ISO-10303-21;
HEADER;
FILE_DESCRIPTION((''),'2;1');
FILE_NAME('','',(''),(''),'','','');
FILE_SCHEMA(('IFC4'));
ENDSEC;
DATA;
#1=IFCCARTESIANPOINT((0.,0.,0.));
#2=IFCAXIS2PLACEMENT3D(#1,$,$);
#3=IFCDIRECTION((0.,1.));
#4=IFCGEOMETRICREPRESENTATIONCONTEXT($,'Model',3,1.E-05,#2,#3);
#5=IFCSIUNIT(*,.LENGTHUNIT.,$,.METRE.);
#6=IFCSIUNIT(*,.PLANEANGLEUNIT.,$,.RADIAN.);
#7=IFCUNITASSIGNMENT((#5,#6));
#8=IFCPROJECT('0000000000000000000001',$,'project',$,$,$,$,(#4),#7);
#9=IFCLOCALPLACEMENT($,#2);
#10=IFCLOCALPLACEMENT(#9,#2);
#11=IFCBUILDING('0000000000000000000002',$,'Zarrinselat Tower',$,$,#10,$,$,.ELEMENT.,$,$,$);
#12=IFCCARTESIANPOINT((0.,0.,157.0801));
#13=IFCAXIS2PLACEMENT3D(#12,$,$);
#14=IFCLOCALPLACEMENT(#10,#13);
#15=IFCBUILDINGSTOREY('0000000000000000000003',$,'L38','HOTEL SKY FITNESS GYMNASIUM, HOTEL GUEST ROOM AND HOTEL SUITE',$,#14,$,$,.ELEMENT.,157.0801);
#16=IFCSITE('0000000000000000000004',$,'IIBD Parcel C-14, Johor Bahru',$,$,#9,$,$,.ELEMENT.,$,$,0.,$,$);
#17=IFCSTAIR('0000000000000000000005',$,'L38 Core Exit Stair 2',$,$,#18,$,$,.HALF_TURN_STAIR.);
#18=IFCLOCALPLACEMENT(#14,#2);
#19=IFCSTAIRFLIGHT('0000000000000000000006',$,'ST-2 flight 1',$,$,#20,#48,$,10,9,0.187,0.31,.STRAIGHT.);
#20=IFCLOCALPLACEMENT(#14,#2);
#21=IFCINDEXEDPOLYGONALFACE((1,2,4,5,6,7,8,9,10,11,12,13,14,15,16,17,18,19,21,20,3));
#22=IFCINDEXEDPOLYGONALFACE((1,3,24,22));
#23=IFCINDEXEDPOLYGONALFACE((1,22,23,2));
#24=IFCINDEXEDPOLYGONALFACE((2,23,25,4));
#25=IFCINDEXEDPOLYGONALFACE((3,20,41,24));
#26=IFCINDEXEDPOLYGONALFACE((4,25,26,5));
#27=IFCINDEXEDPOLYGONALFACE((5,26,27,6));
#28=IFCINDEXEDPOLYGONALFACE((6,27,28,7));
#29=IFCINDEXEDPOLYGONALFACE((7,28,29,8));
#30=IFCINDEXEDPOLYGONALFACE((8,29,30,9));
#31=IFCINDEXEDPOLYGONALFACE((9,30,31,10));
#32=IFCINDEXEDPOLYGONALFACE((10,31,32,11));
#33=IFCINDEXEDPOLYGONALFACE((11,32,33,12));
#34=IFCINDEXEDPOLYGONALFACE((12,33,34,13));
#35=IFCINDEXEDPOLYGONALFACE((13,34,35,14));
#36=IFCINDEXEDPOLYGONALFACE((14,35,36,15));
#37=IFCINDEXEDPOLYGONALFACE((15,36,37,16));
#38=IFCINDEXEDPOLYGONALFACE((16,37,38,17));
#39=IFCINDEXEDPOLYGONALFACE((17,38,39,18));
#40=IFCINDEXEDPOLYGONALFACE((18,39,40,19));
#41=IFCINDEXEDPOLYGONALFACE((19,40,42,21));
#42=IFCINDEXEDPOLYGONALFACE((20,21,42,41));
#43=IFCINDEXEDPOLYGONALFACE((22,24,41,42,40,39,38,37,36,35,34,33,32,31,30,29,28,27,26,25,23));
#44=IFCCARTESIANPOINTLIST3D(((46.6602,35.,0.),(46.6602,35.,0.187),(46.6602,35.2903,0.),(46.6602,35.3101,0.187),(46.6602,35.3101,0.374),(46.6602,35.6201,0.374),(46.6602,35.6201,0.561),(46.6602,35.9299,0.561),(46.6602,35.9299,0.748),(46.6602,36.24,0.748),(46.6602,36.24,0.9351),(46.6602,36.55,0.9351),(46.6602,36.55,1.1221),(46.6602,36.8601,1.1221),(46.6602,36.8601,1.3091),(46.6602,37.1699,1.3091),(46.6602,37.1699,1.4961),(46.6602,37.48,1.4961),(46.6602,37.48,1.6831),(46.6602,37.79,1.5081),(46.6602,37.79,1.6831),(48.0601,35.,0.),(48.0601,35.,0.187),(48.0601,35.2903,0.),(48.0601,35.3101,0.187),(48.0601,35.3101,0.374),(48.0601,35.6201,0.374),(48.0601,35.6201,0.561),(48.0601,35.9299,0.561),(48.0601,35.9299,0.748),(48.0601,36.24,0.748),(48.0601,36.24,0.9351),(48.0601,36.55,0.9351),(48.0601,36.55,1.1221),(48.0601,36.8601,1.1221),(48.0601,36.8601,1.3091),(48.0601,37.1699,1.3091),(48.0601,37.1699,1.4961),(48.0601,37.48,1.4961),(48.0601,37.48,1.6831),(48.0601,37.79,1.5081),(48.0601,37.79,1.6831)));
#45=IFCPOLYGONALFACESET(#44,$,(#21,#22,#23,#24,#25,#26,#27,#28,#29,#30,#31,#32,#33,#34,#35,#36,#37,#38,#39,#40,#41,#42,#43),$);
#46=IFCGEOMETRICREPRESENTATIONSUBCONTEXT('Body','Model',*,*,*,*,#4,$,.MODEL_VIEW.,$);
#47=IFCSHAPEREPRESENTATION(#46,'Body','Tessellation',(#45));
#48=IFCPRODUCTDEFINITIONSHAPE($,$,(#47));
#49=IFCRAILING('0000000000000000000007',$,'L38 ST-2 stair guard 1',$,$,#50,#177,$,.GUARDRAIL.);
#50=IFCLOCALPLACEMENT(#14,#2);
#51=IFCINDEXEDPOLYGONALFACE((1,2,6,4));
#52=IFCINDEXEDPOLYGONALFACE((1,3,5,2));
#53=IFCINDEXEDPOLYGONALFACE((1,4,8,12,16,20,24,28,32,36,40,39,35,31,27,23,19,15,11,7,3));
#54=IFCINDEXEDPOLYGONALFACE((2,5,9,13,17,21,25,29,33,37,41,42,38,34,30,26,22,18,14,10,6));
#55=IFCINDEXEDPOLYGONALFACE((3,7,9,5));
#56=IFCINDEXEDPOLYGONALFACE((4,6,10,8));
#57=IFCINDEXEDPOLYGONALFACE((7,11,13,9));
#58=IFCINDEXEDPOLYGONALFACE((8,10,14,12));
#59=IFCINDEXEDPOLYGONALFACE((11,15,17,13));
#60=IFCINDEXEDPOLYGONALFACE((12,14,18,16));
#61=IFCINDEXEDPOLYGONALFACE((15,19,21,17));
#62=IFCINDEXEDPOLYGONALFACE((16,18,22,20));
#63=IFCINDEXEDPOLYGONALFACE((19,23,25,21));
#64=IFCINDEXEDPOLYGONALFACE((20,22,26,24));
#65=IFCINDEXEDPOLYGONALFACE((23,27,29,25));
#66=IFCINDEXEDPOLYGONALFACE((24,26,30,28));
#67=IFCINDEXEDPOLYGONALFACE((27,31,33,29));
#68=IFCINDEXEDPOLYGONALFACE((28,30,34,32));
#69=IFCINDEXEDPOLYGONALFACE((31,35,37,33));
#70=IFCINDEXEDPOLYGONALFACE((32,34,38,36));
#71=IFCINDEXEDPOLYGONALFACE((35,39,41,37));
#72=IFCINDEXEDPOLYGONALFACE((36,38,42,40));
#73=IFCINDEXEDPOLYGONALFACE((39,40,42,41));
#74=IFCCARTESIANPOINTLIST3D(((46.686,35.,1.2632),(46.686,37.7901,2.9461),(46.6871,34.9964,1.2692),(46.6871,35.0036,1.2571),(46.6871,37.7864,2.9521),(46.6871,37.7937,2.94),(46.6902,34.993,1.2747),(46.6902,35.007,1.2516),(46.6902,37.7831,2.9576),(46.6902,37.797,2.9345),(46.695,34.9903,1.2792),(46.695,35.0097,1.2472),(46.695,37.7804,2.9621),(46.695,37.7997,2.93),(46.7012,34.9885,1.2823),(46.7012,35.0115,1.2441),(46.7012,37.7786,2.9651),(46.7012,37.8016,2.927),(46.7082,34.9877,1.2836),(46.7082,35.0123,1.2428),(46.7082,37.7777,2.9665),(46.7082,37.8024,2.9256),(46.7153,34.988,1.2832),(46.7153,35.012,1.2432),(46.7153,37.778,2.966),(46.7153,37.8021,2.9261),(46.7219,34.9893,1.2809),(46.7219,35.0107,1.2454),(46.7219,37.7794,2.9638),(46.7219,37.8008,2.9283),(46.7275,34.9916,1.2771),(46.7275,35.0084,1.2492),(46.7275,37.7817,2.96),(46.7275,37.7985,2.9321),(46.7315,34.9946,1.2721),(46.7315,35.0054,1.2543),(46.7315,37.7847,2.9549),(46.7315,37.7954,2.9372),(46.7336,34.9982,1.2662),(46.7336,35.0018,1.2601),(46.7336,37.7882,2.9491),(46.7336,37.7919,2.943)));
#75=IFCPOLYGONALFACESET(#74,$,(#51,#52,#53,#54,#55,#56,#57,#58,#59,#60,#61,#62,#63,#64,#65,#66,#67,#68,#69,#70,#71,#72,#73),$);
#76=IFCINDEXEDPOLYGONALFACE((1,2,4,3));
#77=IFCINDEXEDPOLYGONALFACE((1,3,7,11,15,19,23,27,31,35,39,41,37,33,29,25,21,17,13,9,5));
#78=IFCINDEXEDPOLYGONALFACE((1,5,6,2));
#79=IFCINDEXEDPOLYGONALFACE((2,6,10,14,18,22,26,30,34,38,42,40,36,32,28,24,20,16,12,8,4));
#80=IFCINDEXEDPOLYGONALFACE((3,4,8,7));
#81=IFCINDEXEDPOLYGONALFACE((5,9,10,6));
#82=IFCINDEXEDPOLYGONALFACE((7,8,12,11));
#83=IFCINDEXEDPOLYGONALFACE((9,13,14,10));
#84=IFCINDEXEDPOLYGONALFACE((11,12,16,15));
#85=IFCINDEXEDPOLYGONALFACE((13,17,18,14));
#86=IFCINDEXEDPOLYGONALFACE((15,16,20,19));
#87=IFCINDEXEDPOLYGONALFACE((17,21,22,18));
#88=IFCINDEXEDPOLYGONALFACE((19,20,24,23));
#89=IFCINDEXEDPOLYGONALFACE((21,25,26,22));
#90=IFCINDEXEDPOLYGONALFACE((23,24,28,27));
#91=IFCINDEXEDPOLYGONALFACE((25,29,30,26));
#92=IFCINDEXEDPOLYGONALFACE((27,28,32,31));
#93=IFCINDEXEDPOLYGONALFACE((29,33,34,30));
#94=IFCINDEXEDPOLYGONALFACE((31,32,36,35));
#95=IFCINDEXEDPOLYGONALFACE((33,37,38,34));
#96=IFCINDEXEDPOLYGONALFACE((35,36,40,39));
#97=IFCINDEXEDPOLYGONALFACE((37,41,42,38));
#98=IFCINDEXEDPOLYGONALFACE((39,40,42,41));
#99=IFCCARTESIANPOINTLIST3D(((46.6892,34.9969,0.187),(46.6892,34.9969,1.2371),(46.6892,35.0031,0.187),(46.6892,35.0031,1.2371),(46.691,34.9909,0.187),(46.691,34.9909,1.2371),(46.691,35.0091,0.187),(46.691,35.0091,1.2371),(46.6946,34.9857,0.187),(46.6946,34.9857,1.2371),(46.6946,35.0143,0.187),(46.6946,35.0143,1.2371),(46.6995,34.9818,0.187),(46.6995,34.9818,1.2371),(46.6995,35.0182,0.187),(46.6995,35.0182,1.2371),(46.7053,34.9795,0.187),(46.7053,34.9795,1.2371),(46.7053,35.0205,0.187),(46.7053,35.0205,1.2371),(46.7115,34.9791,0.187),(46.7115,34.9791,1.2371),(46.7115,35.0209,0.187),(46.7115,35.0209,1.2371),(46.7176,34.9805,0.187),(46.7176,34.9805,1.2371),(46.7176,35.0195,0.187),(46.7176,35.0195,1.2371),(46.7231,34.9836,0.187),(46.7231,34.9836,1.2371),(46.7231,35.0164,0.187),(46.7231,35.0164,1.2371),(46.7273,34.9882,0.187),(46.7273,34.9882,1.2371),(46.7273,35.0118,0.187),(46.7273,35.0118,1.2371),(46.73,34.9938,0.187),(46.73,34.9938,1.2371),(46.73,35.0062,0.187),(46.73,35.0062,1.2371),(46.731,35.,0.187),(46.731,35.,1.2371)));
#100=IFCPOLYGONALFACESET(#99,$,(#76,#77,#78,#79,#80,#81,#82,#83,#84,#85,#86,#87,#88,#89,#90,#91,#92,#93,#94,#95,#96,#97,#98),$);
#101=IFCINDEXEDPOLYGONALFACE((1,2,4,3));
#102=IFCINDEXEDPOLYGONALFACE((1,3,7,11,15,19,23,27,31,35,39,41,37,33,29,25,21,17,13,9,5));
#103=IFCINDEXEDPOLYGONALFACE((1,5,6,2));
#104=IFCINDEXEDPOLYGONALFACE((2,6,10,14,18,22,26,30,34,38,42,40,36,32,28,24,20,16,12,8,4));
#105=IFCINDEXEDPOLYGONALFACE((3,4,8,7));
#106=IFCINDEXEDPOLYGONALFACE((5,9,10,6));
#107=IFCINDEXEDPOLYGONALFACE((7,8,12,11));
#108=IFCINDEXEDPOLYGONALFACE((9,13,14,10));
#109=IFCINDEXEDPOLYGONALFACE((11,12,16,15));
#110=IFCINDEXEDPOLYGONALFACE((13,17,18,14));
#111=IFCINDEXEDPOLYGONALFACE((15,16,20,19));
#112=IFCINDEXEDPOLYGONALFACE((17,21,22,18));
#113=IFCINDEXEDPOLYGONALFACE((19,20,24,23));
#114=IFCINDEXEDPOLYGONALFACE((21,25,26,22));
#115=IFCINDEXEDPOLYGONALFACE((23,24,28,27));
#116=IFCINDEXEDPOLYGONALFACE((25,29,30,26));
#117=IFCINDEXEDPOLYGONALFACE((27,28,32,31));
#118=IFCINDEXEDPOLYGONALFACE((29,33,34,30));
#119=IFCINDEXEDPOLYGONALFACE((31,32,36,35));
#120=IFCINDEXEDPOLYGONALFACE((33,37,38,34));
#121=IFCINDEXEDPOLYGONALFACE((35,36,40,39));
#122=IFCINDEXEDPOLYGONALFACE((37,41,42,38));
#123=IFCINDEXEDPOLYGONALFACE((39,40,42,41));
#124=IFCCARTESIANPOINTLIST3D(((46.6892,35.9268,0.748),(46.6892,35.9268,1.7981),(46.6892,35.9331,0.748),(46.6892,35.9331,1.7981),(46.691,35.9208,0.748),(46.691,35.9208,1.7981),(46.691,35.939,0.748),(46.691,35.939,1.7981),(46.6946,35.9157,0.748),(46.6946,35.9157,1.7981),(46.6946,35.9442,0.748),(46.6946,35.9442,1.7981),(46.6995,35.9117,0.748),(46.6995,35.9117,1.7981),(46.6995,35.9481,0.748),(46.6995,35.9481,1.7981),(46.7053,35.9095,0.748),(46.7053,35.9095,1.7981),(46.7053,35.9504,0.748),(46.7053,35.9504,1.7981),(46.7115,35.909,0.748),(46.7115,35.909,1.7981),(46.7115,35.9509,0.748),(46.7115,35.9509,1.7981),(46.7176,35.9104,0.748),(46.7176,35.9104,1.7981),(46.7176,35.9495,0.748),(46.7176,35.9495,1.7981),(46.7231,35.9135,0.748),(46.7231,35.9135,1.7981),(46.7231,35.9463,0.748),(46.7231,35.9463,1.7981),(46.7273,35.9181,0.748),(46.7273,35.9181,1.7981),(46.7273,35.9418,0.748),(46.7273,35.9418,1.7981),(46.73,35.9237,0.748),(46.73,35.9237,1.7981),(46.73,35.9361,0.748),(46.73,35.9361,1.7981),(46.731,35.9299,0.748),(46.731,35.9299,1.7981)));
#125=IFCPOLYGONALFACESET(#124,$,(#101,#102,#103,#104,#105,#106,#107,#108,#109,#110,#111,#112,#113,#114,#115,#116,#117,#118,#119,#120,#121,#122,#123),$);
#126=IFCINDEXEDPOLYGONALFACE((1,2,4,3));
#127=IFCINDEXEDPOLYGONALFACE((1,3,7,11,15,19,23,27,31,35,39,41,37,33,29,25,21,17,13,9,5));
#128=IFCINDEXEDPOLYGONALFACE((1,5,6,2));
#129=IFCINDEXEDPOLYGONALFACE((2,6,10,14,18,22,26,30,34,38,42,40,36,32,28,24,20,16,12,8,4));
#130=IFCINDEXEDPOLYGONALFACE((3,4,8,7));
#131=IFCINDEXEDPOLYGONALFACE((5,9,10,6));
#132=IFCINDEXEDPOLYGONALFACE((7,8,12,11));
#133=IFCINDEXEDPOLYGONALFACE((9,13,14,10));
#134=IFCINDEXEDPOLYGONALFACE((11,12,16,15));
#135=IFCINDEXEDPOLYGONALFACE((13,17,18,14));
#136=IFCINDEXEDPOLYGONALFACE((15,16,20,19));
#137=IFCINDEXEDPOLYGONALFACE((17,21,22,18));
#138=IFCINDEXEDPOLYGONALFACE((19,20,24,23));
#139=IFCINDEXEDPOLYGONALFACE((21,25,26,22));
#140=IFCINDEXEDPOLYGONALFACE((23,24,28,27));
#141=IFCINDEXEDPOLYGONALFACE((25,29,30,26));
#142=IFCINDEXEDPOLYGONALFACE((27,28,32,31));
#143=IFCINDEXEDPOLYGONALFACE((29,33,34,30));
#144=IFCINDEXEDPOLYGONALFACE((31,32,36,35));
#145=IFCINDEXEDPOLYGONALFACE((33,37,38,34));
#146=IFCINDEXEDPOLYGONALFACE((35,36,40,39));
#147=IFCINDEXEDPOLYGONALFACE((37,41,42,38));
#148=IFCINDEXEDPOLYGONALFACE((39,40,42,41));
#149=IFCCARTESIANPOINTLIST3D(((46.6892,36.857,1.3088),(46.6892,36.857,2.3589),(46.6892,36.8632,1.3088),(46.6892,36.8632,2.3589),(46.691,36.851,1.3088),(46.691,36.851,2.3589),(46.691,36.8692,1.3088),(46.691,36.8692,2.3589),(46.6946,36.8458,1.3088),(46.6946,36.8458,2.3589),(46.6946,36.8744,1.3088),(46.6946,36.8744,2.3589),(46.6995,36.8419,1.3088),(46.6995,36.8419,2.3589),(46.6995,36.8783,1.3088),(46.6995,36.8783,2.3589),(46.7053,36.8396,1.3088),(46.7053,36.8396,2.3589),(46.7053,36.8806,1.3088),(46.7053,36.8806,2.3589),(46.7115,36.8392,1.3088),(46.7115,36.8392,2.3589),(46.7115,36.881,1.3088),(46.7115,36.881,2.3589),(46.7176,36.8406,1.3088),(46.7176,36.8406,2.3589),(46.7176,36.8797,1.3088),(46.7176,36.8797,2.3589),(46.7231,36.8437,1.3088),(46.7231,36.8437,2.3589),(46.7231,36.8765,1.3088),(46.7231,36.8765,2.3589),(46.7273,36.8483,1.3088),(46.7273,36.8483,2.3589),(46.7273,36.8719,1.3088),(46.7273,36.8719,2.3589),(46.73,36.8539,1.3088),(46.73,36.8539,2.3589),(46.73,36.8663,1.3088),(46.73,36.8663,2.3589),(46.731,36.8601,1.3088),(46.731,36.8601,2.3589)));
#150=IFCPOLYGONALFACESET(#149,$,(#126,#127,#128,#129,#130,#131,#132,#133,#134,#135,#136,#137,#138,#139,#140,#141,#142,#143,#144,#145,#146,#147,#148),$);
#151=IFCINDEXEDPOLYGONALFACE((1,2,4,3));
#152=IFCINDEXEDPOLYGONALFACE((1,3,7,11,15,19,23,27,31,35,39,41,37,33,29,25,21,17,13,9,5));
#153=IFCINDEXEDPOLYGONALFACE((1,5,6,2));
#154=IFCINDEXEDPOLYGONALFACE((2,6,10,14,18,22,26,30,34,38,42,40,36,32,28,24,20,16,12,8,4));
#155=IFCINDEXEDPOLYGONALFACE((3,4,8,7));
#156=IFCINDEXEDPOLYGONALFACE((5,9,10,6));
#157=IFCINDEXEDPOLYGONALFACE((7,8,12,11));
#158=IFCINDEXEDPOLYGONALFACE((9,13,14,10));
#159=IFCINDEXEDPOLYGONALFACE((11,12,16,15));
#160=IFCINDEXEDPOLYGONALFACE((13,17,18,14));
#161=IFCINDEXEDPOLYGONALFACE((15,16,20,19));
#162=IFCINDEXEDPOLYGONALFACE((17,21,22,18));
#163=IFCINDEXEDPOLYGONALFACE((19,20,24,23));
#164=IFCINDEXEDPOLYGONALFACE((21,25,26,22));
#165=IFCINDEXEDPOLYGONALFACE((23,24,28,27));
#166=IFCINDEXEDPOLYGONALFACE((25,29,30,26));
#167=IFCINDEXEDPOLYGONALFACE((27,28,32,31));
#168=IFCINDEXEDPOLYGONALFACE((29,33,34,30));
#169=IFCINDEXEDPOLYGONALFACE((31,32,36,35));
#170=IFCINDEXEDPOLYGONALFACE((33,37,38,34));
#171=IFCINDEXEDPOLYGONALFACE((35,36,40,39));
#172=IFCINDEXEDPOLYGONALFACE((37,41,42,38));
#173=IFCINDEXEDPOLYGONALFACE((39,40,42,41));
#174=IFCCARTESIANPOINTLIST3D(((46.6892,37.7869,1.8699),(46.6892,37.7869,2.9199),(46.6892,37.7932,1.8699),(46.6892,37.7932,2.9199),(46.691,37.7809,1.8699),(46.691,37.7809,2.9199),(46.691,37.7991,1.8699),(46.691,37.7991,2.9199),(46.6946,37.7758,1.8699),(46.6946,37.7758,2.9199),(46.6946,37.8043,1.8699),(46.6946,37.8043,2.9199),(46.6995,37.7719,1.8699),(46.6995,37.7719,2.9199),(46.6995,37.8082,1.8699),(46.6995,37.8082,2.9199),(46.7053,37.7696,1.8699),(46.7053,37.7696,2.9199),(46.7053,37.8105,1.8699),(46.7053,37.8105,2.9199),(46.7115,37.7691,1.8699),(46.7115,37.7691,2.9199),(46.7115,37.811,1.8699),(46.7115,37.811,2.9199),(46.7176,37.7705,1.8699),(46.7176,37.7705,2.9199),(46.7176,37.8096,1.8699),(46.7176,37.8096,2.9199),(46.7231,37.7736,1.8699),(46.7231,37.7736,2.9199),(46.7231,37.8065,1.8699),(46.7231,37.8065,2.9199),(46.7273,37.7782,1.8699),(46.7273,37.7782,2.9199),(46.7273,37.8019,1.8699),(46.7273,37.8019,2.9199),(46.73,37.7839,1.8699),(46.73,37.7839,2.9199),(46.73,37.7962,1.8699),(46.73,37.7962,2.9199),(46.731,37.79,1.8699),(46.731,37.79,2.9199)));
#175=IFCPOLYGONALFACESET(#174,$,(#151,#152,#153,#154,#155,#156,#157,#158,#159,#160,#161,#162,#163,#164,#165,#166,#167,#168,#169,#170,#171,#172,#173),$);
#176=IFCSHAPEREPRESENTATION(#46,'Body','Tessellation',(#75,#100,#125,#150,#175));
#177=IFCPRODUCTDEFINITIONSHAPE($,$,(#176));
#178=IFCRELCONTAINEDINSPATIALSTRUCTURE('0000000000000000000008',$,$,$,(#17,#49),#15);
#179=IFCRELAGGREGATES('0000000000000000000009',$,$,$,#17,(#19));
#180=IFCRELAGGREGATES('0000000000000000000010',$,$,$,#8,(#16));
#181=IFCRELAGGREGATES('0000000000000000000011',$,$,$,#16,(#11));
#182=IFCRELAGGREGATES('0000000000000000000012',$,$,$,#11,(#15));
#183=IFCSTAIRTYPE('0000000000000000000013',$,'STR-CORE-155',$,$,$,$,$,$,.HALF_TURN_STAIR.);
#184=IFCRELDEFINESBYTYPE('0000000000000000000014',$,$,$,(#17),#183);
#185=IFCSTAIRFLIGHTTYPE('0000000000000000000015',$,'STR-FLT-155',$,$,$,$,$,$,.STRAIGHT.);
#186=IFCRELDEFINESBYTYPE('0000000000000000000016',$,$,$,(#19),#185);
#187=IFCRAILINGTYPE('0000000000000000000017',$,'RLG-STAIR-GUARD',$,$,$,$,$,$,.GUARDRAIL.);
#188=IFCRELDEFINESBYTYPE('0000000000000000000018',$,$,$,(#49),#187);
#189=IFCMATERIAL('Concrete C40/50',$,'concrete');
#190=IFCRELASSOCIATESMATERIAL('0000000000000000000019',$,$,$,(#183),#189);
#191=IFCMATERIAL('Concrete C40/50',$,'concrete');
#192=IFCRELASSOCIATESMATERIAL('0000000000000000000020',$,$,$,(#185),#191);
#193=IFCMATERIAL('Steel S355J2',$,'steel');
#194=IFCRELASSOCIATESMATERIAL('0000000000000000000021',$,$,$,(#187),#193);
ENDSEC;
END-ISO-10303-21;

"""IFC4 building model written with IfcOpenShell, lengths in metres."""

from ifc_helpers import new_model, si_unit, direction, frame, origin, origin_2d, place, context, subcontext, project, spatial, polyline, circle, outline, extrude, material, type_object, element, aggregate, save


model = new_model("IFC4")

# Units and contexts
model_context = context("Model", 3, precision=1e-05, world=origin(), true_north=direction((0.0, 1.0)))
body_context = subcontext(model_context, "Body", "Model", "MODEL_VIEW")
ifc_project = project(units=[si_unit("LENGTHUNIT", "METRE"), si_unit("PLANEANGLEUNIT", "RADIAN")], contexts=[model_context])

# Site, building, storey
site_placement = place(None, origin())
site = spatial("IfcSite", under=ifc_project, at=site_placement, Name="IIBD Parcel C-14, Johor Bahru", CompositionType="ELEMENT", RefElevation=0.0)
building_placement = place(site_placement, origin())
building = spatial("IfcBuilding", under=site, at=building_placement, Name="Zarrinselat Tower", CompositionType="ELEMENT")
storey_placement = place(building_placement, frame((0.0, 0.0, 157.0801)))
storey = spatial("IfcBuildingStorey", under=building, at=storey_placement, Name="L38", Description="HOTEL SKY FITNESS GYMNASIUM, HOTEL GUEST ROOM AND HOTEL SUITE", CompositionType="ELEMENT", Elevation=157.0801)

# Stair, stair flight
ifc_material_1 = material(Name="Concrete C40/50", Category="concrete")
stair_type = type_object("IfcStairType", Name="STR-CORE-155", PredefinedType="HALF_TURN_STAIR", material=ifc_material_1)
stair_placement = place(storey_placement, origin())
stair = element("IfcStair", 1, at=stair_placement, inside=storey, type_object=stair_type, Name="L38 Core Exit Stair 2", PredefinedType="HALF_TURN_STAIR")
ifc_material_2 = material(Name="Concrete C40/50", Category="concrete")
stair_flight_type = type_object("IfcStairFlightType", Name="STR-FLT-155", PredefinedType="STRAIGHT", material=ifc_material_2)
stair_flight_placement = place(storey_placement, frame((47.3601, 35.0, 0.0), z_axis=(0.0, 0.0, 1.0), x_axis=(0.0, 1.0, 0.0)))
stair_flight = element("IfcStairFlight", 2, at=stair_flight_placement, type_object=stair_flight_type, Name="ST-2 flight 1", NumberOfRisers=10, NumberOfTreads=9, PredefinedType="STRAIGHT", RiserHeight=0.187, TreadLength=0.31, context=body_context, shape_type="SweptSolid", body=[
    extrude(outline(polyline([(0.0, 0.0), (0.0, 0.187), (0.3101, 0.187), (0.3101, 0.374), (0.6201, 0.374), (0.6201, 0.561), (0.9299, 0.561), (0.9299, 0.748), (1.24, 0.748), (1.24, 0.9351), (1.55, 0.9351), (1.55, 1.1221), (1.8601, 1.1221), (1.8601, 1.3091), (2.1699, 1.3091), (2.1699, 1.4961), (2.48, 1.4961), (2.48, 1.6831), (2.79, 1.6831), (2.79, 1.8701), (2.79, 1.5081), (0.2903, 0.0), (0.0, 0.0)])), frame((0.0, 0.7, 0.0), z_axis=(0.0, -1.0, 0.0), x_axis=(1.0, 0.0, 0.0)), (0.0, 0.0, 1.0), 1.3999),
])
aggregate(stair, [stair_flight])

# Railing
ifc_material_3 = material(Name="Steel S355J2", Category="steel")
railing_type_1 = type_object("IfcRailingType", Name="RLG-STAIR-GUARD", PredefinedType="GUARDRAIL", material=ifc_material_3)
railing_1_placement = place(storey_placement, frame((46.71, 35.0, 0.187)))
element("IfcRailing", 3, at=railing_1_placement, inside=storey, type_object=railing_type_1, Name="L38 ST-2 stair guard 1", PredefinedType="GUARDRAIL", context=body_context, shape_type="SweptSolid", body=[
    extrude(circle(Radius=0.0239, at=origin_2d()), frame((0.0, 0.0, 1.0762), z_axis=(0.0, 0.856294, 0.516489), x_axis=(-1.0, 0.0, 0.0)), (0.0, 0.0, 1.0), 3.2583),
    extrude(circle(Radius=0.021, at=origin_2d()), origin(), (0.0, 0.0, 1.0), 1.05),
    extrude(circle(Radius=0.021, at=origin_2d()), frame((0.0, 0.9299, 0.561)), (0.0, 0.0, 1.0), 1.05),
    extrude(circle(Radius=0.021, at=origin_2d()), frame((0.0, 1.8601, 1.1218)), (0.0, 0.0, 1.0), 1.05),
    extrude(circle(Radius=0.021, at=origin_2d()), frame((0.0, 2.79, 1.6829)), (0.0, 0.0, 1.0), 1.05),
])

save(model, "model.ifc")
